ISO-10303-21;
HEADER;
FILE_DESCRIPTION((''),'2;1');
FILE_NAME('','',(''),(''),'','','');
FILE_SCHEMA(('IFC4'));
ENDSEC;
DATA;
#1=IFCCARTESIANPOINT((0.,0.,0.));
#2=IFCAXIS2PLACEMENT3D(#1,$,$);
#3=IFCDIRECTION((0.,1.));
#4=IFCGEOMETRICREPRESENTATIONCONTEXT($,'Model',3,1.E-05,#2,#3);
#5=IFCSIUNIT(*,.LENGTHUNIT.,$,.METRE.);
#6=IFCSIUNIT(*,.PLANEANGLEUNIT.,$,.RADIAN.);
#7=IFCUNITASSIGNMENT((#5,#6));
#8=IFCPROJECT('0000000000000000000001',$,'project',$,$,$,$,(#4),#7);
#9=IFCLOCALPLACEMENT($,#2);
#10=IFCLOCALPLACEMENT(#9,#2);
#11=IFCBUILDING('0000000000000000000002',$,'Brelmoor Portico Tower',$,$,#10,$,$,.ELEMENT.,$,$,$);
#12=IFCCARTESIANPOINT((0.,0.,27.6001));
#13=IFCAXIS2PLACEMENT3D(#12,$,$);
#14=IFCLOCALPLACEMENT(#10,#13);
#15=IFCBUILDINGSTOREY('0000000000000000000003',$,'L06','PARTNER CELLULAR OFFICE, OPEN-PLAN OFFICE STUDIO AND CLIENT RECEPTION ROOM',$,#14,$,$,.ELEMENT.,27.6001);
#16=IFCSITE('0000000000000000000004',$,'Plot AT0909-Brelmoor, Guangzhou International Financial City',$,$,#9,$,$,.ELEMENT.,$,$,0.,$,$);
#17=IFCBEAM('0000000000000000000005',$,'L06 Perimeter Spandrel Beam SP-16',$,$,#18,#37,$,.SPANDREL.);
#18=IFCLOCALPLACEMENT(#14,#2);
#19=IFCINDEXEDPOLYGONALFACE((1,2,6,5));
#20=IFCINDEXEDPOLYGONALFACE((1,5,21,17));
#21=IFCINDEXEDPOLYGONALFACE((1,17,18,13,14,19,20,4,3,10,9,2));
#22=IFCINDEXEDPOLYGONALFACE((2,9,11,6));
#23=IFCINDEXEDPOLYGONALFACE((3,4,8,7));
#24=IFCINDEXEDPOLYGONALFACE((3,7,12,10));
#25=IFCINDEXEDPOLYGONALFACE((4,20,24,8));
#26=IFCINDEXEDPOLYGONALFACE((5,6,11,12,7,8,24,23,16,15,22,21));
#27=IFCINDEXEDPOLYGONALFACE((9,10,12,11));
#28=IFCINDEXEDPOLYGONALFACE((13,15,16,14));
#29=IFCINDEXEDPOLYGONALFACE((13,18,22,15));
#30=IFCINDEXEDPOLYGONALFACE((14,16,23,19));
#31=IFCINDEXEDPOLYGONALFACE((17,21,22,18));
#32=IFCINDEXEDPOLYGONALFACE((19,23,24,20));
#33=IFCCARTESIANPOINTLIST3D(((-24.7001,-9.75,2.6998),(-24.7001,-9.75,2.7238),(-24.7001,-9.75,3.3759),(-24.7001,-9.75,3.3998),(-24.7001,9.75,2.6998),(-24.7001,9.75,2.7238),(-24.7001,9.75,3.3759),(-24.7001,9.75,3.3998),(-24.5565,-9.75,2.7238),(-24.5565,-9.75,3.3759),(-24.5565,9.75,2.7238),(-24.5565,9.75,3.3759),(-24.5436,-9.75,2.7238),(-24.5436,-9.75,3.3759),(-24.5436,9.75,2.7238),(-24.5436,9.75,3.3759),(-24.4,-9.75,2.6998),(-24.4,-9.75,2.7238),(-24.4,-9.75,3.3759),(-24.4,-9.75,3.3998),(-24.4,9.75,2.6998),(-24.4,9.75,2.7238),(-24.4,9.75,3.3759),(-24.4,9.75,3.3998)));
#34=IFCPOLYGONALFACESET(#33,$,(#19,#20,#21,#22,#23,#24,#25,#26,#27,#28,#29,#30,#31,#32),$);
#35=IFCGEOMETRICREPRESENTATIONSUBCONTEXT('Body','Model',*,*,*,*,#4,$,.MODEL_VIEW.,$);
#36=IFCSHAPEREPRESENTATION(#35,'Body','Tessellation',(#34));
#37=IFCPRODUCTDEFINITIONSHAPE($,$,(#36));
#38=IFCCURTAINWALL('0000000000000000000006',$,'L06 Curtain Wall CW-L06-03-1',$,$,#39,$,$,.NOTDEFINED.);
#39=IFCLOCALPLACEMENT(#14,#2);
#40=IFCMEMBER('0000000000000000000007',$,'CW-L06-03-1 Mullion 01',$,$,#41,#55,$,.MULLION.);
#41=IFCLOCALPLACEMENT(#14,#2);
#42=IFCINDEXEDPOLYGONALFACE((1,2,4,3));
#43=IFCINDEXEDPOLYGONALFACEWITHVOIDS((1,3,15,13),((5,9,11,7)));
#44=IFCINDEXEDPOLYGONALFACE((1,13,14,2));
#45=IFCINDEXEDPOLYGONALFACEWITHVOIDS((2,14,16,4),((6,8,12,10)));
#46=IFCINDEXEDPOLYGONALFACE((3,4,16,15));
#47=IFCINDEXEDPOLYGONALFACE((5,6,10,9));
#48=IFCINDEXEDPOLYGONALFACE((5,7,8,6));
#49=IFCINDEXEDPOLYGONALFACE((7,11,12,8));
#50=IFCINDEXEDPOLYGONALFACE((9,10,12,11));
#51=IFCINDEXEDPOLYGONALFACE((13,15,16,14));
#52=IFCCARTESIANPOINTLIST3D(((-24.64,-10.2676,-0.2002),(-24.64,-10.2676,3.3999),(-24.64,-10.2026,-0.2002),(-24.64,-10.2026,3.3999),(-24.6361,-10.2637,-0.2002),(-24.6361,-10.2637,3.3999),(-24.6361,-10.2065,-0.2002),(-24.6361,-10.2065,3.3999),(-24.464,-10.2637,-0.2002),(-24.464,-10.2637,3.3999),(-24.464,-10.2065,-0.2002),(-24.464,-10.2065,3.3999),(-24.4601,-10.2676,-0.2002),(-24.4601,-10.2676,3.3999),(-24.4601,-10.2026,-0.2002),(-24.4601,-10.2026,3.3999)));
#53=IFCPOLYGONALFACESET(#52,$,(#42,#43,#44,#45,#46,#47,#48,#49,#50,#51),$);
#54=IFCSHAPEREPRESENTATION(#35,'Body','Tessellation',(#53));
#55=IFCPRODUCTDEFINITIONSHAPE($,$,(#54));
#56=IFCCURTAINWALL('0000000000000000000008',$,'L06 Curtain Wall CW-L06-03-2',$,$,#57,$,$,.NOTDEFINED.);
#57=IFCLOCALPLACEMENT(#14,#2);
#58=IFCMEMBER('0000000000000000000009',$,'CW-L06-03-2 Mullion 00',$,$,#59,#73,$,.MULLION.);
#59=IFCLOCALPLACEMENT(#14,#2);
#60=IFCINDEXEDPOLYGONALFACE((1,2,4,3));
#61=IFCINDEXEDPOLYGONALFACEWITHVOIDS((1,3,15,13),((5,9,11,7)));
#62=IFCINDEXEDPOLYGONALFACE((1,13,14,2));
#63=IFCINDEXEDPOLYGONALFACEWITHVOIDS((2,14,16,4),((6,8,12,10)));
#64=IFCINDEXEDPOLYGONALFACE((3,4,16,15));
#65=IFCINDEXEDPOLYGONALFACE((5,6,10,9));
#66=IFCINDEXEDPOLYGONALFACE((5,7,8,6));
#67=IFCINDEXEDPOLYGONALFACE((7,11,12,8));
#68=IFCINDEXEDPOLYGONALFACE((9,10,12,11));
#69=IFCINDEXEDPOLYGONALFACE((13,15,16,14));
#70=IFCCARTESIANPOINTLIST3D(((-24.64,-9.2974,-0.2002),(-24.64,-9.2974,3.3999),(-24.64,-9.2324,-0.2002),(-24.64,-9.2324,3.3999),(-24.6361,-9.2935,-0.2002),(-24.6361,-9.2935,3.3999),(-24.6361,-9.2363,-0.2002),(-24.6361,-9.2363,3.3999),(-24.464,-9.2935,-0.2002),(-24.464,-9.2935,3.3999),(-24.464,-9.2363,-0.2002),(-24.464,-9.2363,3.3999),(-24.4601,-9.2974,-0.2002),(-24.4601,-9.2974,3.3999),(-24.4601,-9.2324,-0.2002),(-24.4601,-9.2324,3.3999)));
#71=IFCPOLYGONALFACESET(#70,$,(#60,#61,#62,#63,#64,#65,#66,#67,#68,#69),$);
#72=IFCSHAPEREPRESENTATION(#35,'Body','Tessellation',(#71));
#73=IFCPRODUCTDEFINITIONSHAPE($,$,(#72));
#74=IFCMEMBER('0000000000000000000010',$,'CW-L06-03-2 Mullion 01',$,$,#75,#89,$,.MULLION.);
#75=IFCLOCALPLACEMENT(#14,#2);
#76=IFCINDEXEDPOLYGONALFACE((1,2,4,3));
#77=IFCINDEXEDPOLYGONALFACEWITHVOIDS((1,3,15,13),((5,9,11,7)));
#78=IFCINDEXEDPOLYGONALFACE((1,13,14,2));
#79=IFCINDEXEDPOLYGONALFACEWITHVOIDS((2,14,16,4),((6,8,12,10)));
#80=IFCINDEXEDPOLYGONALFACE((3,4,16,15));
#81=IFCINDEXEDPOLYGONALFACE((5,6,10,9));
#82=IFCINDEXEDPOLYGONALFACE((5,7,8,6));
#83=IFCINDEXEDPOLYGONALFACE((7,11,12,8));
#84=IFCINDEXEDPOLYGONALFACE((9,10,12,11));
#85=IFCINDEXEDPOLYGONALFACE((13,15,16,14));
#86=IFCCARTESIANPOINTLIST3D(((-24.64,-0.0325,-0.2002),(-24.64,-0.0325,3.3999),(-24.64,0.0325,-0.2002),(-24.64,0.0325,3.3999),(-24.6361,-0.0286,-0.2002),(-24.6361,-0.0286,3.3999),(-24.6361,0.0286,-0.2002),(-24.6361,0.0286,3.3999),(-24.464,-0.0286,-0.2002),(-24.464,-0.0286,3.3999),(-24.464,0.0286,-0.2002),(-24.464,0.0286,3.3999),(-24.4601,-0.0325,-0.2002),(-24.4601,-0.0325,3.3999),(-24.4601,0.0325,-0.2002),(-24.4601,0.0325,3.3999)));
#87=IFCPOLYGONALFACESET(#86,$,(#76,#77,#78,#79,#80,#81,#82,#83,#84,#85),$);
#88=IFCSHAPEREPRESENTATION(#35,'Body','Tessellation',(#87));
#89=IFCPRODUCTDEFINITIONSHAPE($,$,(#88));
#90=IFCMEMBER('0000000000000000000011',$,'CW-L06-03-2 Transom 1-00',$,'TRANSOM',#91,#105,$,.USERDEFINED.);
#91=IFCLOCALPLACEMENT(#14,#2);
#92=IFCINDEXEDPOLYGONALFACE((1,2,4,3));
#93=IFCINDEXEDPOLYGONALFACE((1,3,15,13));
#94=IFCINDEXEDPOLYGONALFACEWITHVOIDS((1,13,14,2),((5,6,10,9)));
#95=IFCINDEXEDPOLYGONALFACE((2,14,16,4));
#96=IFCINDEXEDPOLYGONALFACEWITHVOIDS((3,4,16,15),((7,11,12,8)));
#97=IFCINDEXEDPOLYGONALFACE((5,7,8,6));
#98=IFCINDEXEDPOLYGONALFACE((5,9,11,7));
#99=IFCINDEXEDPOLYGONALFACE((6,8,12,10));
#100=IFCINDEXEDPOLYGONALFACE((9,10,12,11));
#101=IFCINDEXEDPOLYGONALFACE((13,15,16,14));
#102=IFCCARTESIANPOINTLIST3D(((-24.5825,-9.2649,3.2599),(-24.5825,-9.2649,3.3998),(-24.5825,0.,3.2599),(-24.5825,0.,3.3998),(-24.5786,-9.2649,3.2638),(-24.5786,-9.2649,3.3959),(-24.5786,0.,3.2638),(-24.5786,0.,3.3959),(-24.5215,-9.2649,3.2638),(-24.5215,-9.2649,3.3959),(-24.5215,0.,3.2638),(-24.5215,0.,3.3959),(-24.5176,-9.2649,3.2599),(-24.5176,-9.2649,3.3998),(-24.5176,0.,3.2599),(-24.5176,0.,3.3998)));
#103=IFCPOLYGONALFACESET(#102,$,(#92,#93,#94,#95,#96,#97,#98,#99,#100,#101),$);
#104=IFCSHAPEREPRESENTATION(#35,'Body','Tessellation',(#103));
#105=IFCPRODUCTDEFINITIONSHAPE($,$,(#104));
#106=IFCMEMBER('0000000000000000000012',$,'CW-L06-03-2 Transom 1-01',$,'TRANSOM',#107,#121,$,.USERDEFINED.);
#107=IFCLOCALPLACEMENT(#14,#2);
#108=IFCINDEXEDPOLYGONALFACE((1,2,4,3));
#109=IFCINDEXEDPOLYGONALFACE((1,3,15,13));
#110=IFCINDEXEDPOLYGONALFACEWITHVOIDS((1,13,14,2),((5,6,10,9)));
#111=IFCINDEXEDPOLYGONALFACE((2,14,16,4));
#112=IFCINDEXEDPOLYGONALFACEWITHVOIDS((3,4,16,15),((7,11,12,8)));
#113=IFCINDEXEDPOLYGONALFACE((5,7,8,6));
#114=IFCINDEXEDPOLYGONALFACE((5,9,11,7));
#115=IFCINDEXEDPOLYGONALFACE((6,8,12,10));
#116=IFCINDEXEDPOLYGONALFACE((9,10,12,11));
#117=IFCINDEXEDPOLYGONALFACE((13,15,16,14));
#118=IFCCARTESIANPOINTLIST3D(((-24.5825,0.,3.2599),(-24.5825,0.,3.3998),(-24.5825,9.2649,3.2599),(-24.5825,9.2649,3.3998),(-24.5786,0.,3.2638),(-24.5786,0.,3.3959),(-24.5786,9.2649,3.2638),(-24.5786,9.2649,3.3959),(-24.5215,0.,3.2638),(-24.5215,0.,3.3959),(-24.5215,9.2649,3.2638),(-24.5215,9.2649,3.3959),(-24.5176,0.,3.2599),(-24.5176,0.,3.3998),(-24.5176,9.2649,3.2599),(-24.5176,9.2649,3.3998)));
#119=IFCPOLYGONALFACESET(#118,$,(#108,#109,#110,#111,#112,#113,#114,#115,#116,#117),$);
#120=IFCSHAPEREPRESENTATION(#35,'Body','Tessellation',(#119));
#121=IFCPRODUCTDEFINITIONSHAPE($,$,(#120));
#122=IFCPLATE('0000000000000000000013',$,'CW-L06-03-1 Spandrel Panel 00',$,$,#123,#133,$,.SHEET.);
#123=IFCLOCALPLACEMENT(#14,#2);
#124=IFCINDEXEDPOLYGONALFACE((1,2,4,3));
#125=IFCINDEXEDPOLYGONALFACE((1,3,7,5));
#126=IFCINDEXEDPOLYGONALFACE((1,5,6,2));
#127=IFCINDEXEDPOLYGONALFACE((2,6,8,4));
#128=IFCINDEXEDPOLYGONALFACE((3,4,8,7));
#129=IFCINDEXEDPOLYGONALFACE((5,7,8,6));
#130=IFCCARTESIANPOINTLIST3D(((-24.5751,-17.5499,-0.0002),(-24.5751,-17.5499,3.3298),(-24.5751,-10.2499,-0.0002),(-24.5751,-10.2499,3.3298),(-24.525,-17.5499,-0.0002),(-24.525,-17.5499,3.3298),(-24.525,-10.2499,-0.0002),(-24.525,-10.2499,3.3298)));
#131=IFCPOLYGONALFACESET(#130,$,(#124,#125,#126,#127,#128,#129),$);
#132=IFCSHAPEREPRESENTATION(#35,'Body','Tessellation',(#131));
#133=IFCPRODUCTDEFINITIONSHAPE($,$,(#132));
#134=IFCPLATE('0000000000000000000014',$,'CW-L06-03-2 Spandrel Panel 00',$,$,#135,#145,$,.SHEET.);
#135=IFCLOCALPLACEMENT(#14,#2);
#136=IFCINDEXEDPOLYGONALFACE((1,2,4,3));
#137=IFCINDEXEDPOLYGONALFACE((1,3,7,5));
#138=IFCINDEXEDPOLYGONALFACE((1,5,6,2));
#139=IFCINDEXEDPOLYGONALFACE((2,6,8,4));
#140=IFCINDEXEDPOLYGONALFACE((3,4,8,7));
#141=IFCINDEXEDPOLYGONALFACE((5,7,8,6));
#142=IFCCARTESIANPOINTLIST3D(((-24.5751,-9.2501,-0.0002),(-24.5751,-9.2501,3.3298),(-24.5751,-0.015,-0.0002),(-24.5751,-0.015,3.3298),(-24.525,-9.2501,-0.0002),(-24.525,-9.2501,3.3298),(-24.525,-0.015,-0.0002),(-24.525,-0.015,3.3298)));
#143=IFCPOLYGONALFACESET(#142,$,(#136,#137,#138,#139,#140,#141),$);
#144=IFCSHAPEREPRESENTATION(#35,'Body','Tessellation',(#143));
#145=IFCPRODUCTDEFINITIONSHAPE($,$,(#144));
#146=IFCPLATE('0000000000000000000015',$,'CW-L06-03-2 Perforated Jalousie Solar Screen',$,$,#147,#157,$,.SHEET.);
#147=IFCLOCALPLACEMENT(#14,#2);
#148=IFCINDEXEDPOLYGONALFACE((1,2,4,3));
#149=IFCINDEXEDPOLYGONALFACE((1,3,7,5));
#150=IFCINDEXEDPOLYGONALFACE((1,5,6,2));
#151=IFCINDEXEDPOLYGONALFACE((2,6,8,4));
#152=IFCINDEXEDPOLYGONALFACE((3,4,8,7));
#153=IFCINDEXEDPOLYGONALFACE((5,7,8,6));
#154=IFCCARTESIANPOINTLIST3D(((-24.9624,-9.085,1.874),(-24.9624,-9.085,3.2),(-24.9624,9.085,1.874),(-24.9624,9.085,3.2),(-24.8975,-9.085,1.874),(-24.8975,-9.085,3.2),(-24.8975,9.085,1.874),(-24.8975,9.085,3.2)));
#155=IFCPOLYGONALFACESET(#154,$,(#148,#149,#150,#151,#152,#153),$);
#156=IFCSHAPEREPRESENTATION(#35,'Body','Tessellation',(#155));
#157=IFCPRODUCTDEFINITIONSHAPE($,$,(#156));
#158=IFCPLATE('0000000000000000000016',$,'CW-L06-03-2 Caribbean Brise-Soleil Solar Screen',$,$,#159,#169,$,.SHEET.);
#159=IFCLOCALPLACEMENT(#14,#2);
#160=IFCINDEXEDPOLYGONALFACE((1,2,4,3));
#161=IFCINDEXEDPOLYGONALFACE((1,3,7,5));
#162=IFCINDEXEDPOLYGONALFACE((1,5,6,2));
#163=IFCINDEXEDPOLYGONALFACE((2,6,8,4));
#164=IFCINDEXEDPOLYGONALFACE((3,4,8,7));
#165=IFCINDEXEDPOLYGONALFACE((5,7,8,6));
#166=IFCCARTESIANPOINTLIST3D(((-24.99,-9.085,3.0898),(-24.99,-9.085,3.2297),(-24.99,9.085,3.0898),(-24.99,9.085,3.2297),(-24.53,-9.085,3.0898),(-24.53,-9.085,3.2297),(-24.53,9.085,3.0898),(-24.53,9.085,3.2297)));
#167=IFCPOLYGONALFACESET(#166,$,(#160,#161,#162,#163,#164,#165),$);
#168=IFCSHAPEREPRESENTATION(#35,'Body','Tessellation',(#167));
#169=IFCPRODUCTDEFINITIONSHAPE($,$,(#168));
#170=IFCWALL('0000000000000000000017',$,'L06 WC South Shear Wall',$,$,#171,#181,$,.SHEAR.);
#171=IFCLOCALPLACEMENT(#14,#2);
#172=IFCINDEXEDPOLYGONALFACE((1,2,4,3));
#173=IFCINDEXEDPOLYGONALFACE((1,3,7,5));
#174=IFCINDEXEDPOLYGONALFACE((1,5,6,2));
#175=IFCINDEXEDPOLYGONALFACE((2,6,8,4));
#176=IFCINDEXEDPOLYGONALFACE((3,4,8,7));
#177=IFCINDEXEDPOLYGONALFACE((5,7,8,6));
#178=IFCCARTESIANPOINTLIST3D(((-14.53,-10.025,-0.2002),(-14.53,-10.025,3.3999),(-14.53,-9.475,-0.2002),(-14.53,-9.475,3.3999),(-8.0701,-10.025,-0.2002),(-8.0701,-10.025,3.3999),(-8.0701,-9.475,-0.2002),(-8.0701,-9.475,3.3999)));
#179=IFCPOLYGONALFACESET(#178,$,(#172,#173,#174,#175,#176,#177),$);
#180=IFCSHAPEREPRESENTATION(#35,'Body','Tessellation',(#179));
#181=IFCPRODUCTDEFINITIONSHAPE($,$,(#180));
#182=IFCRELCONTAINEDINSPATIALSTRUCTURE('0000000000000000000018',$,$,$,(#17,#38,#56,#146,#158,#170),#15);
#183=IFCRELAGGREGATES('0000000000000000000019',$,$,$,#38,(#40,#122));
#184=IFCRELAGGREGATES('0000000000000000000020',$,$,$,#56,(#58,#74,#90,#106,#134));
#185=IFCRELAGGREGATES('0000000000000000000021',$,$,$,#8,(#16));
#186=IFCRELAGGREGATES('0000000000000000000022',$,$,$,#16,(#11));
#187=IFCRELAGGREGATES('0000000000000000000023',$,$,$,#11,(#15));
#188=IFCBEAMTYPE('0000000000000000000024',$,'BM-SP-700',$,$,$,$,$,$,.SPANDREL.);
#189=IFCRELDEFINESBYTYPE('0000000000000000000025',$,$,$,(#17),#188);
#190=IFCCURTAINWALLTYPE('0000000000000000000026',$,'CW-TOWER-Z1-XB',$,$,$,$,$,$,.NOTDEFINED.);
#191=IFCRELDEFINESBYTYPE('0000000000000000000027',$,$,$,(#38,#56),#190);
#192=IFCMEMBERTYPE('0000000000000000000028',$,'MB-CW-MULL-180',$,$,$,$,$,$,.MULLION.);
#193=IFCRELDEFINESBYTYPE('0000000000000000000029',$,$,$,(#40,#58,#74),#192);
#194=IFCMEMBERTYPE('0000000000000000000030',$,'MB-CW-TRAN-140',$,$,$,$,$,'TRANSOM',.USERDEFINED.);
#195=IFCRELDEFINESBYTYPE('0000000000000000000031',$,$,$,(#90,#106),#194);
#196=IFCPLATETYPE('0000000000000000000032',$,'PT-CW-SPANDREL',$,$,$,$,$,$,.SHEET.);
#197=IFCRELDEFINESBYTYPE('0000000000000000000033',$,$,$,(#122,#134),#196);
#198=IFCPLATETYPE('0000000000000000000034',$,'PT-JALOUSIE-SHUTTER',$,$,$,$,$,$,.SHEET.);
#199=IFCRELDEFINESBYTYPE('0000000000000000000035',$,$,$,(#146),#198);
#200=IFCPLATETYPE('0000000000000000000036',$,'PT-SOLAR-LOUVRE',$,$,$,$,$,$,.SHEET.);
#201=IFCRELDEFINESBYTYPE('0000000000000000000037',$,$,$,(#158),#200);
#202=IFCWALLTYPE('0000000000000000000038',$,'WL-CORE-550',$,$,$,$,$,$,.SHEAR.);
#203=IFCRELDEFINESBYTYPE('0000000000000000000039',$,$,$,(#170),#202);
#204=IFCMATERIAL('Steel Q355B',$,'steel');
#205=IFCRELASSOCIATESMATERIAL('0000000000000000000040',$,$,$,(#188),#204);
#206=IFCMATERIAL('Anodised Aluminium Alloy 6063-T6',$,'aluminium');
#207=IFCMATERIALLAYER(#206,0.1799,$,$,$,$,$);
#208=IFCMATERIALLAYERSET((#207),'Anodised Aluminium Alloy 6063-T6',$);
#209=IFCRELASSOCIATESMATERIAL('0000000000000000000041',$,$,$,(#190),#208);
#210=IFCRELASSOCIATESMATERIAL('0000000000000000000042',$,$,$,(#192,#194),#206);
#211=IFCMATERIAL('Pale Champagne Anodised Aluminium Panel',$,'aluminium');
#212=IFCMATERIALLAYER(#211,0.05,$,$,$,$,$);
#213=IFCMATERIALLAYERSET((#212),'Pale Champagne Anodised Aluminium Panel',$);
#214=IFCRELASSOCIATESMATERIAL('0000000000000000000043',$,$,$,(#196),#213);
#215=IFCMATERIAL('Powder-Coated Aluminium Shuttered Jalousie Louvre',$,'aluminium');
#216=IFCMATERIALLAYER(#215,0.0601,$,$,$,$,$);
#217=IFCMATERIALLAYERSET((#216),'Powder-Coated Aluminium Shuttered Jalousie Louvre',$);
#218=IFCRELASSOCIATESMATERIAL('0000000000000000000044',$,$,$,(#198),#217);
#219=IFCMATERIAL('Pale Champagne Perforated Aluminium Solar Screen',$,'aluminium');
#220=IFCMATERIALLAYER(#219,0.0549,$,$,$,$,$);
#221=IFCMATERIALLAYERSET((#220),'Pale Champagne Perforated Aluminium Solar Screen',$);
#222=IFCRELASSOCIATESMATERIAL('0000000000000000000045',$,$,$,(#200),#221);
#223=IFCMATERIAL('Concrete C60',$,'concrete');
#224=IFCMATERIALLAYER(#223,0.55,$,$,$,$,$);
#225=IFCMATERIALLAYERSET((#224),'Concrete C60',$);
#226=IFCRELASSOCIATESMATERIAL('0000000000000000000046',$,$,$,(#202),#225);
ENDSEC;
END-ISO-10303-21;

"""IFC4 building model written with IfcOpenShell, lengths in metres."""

from ifc_helpers import new_model, si_unit, direction, frame, frame_2d, origin, origin_2d, place, context, subcontext, project, spatial, rectangle, hollow_rectangle, i_section, extrude, material, layer, layer_set, material_profile, profile_set, type_object, element, aggregate, save


model = new_model("IFC4")

# Units and contexts
model_context = context("Model", 3, precision=1e-05, world=origin(), true_north=direction((0.0, 1.0)))
body_context = subcontext(model_context, "Body", "Model", "MODEL_VIEW")
ifc_project = project(units=[si_unit("LENGTHUNIT", "METRE"), si_unit("PLANEANGLEUNIT", "RADIAN")], contexts=[model_context])

# Site, building, storey
site_placement = place(None, origin())
site = spatial("IfcSite", under=ifc_project, at=site_placement, Name="Plot AT0909-Brelmoor, Guangzhou International Financial City", CompositionType="ELEMENT", RefElevation=0.0)
building_placement = place(site_placement, origin())
building = spatial("IfcBuilding", under=site, at=building_placement, Name="Brelmoor Portico Tower", CompositionType="ELEMENT")
storey_placement = place(building_placement, frame((0.0, 0.0, 27.6001)))
storey = spatial("IfcBuildingStorey", under=building, at=storey_placement, Name="L06", Description="PARTNER CELLULAR OFFICE, OPEN-PLAN OFFICE STUDIO AND CLIENT RECEPTION ROOM", CompositionType="ELEMENT", Elevation=27.6001)

# Beam
ifc_material_1 = material(Name="Steel Q355B", Category="steel")
ifc_material_profile_1 = material_profile(ifc_material_1, i_section(OverallWidth=0.3, OverallDepth=0.7, WebThickness=0.0129, FlangeThickness=0.0239, at=origin_2d()), Name="HN 700x300x13x24")
ifc_profile_set_1 = profile_set([ifc_material_profile_1], Name="Steel Q355B")
beam_type_1 = type_object("IfcBeamType", Name="BM-SP-700", PredefinedType="SPANDREL", material=ifc_profile_set_1)
beam_1_placement = place(storey_placement, frame((-24.55, -9.75, 3.0498), z_axis=(0.0, 1.0, 0.0), x_axis=(-1.0, 0.0, 0.0)))
element("IfcBeam", 1, at=beam_1_placement, inside=storey, type_object=beam_type_1, Name="L06 Perimeter Spandrel Beam SP-16", PredefinedType="SPANDREL", context=body_context, shape_type="SweptSolid", body=[
    extrude(i_section(OverallWidth=0.3, OverallDepth=0.7, WebThickness=0.0129, FlangeThickness=0.0239, at=origin_2d()), origin(), (0.0, 0.0, 1.0), 19.5),
])

# Curtain wall, member
ifc_material_2 = material(Name="Anodised Aluminium Alloy 6063-T6", Category="aluminium")
ifc_layer_1 = layer(ifc_material_2, 0.1799)
ifc_layer_set_1 = layer_set([ifc_layer_1], Name="Anodised Aluminium Alloy 6063-T6")
curtain_wall_type = type_object("IfcCurtainWallType", Name="CW-TOWER-Z1-XB", PredefinedType="NOTDEFINED", material=ifc_layer_set_1)
curtain_wall_1_placement = place(storey_placement, origin())
curtain_wall_1 = element("IfcCurtainWall", 2, at=curtain_wall_1_placement, inside=storey, type_object=curtain_wall_type, Name="L06 Curtain Wall CW-L06-03-1", PredefinedType="NOTDEFINED")
ifc_material_profile_2 = material_profile(ifc_material_2, hollow_rectangle(XDim=0.0649, YDim=0.1799, WallThickness=0.0039, at=origin_2d()), Name="ALU MULLION 65x180")
ifc_profile_set_2 = profile_set([ifc_material_profile_2], Name="Anodised Aluminium Alloy 6063-T6")
member_type_1 = type_object("IfcMemberType", Name="MB-CW-MULL-180", PredefinedType="MULLION", material=ifc_profile_set_2)
member_1_placement = place(storey_placement, frame((-24.55, -10.2351, -0.2002), z_axis=(0.0, 0.0, 1.0), x_axis=(0.0, 1.0, 0.0)))
member_1 = element("IfcMember", 3, at=member_1_placement, type_object=member_type_1, Name="CW-L06-03-1 Mullion 01", PredefinedType="MULLION", context=body_context, shape_type="SweptSolid", body=[
    extrude(hollow_rectangle(XDim=0.0649, YDim=0.1799, WallThickness=0.0039, at=origin_2d()), origin(), (0.0, 0.0, 1.0), 3.6001),
])

# Curtain wall, members
curtain_wall_2_placement = place(storey_placement, origin())
curtain_wall_2 = element("IfcCurtainWall", 4, at=curtain_wall_2_placement, inside=storey, type_object=curtain_wall_type, Name="L06 Curtain Wall CW-L06-03-2", PredefinedType="NOTDEFINED")
member_2_placement = place(storey_placement, frame((-24.55, -9.2649, -0.2002), z_axis=(0.0, 0.0, 1.0), x_axis=(0.0, 1.0, 0.0)))
member_2 = element("IfcMember", 5, at=member_2_placement, type_object=member_type_1, Name="CW-L06-03-2 Mullion 00", PredefinedType="MULLION", context=body_context, shape_type="SweptSolid", body=[
    extrude(hollow_rectangle(XDim=0.0649, YDim=0.1799, WallThickness=0.0039, at=origin_2d()), origin(), (0.0, 0.0, 1.0), 3.6001),
])
member_3_placement = place(storey_placement, frame((-24.55, 0.0, -0.2002), z_axis=(0.0, 0.0, 1.0), x_axis=(0.0, 1.0, 0.0)))
member_3 = element("IfcMember", 6, at=member_3_placement, type_object=member_type_1, Name="CW-L06-03-2 Mullion 01", PredefinedType="MULLION", context=body_context, shape_type="SweptSolid", body=[
    extrude(hollow_rectangle(XDim=0.0649, YDim=0.1799, WallThickness=0.0039, at=origin_2d()), origin(), (0.0, 0.0, 1.0), 3.6001),
])
ifc_material_profile_3 = material_profile(ifc_material_2, hollow_rectangle(XDim=0.0649, YDim=0.1399, WallThickness=0.0039, at=origin_2d()), Name="ALU TRANSOM 65x140")
ifc_profile_set_3 = profile_set([ifc_material_profile_3], Name="Anodised Aluminium Alloy 6063-T6")
member_type_2 = type_object("IfcMemberType", Name="MB-CW-TRAN-140", ElementType="TRANSOM", PredefinedType="USERDEFINED", material=ifc_profile_set_3)
member_4_placement = place(storey_placement, frame((-24.55, -9.2649, 3.3298), z_axis=(0.0, 1.0, 0.0), x_axis=(-1.0, 0.0, 0.0)))
member_4 = element("IfcMember", 7, at=member_4_placement, type_object=member_type_2, Name="CW-L06-03-2 Transom 1-00", ObjectType="TRANSOM", PredefinedType="USERDEFINED", context=body_context, shape_type="SweptSolid", body=[
    extrude(hollow_rectangle(XDim=0.0649, YDim=0.1399, WallThickness=0.0039, at=origin_2d()), origin(), (0.0, 0.0, 1.0), 9.2649),
])
member_5_placement = place(storey_placement, frame((-24.55, 0.0, 3.3298), z_axis=(0.0, 1.0, 0.0), x_axis=(-1.0, 0.0, 0.0)))
member_5 = element("IfcMember", 8, at=member_5_placement, type_object=member_type_2, Name="CW-L06-03-2 Transom 1-01", ObjectType="TRANSOM", PredefinedType="USERDEFINED", context=body_context, shape_type="SweptSolid", body=[
    extrude(hollow_rectangle(XDim=0.0649, YDim=0.1399, WallThickness=0.0039, at=origin_2d()), origin(), (0.0, 0.0, 1.0), 9.2649),
])

# Plates
ifc_material_3 = material(Name="Pale Champagne Anodised Aluminium Panel", Category="aluminium")
ifc_layer_2 = layer(ifc_material_3, 0.05)
ifc_layer_set_2 = layer_set([ifc_layer_2], Name="Pale Champagne Anodised Aluminium Panel")
plate_type_1 = type_object("IfcPlateType", Name="PT-CW-SPANDREL", PredefinedType="SHEET", material=ifc_layer_set_2)
plate_1_placement = place(storey_placement, frame((-24.55, -13.8999, -0.0002), z_axis=(0.0, 0.0, 1.0), x_axis=(0.0, 1.0, 0.0)))
plate_1 = element("IfcPlate", 9, at=plate_1_placement, type_object=plate_type_1, Name="CW-L06-03-1 Spandrel Panel 00", PredefinedType="SHEET", context=body_context, shape_type="SweptSolid", body=[
    extrude(rectangle(XDim=7.3, YDim=0.05, at=origin_2d()), origin(), (0.0, 0.0, 1.0), 3.3301),
])
aggregate(curtain_wall_1, [member_1, plate_1])
plate_2_placement = place(storey_placement, frame((-24.55, -4.6326, -0.0002), z_axis=(0.0, 0.0, 1.0), x_axis=(0.0, 1.0, 0.0)))
plate_2 = element("IfcPlate", 10, at=plate_2_placement, type_object=plate_type_1, Name="CW-L06-03-2 Spandrel Panel 00", PredefinedType="SHEET", context=body_context, shape_type="SweptSolid", body=[
    extrude(rectangle(XDim=9.2351, YDim=0.05, at=origin_2d()), origin(), (0.0, 0.0, 1.0), 3.3301),
])
aggregate(curtain_wall_2, [member_2, member_3, member_4, member_5, plate_2])

# Plates
ifc_material_4 = material(Name="Powder-Coated Aluminium Shuttered Jalousie Louvre", Category="aluminium")
ifc_layer_3 = layer(ifc_material_4, 0.0601)
ifc_layer_set_3 = layer_set([ifc_layer_3], Name="Powder-Coated Aluminium Shuttered Jalousie Louvre")
plate_type_2 = type_object("IfcPlateType", Name="PT-JALOUSIE-SHUTTER", PredefinedType="SHEET", material=ifc_layer_set_3)
plate_3_placement = place(storey_placement, frame((-24.9299, 0.0, 1.874), z_axis=(0.0, 0.0, 1.0), x_axis=(0.0, 1.0, 0.0)))
element("IfcPlate", 11, at=plate_3_placement, inside=storey, type_object=plate_type_2, Name="CW-L06-03-2 Perforated Jalousie Solar Screen", PredefinedType="SHEET", context=body_context, shape_type="SweptSolid", body=[
    extrude(rectangle(XDim=18.1699, YDim=0.0649, at=origin_2d()), origin(), (0.0, 0.0, 1.0), 1.3259),
])
ifc_material_5 = material(Name="Pale Champagne Perforated Aluminium Solar Screen", Category="aluminium")
ifc_layer_4 = layer(ifc_material_5, 0.0549)
ifc_layer_set_4 = layer_set([ifc_layer_4], Name="Pale Champagne Perforated Aluminium Solar Screen")
plate_type_3 = type_object("IfcPlateType", Name="PT-SOLAR-LOUVRE", PredefinedType="SHEET", material=ifc_layer_set_4)
plate_4_placement = place(storey_placement, frame((-24.76, 0.0, 3.0898), z_axis=(0.0, 0.0, 1.0), x_axis=(0.0, 1.0, 0.0)))
element("IfcPlate", 12, at=plate_4_placement, inside=storey, type_object=plate_type_3, Name="CW-L06-03-2 Caribbean Brise-Soleil Solar Screen", PredefinedType="SHEET", context=body_context, shape_type="SweptSolid", body=[
    extrude(rectangle(XDim=18.1699, YDim=0.46, at=origin_2d()), origin(), (0.0, 0.0, 1.0), 0.1399),
])

# Wall
ifc_material_6 = material(Name="Concrete C60", Category="concrete")
ifc_layer_5 = layer(ifc_material_6, 0.55)
ifc_layer_set_5 = layer_set([ifc_layer_5], Name="Concrete C60")
wall_type_1 = type_object("IfcWallType", Name="WL-CORE-550", PredefinedType="SHEAR", material=ifc_layer_set_5)
wall_1_placement = place(storey_placement, frame((-14.53, -9.75, -0.2002), z_axis=(0.0, 0.0, 1.0), x_axis=(1.0, 0.0, 0.0)))
element("IfcWall", 13, at=wall_1_placement, inside=storey, type_object=wall_type_1, Name="L06 WC South Shear Wall", PredefinedType="SHEAR", context=body_context, shape_type="SweptSolid", body=[
    extrude(rectangle(XDim=6.46, YDim=0.55, at=frame_2d((3.23, 0.0))), origin(), (0.0, 0.0, 1.0), 3.6001),
])

save(model, "model.ifc")
